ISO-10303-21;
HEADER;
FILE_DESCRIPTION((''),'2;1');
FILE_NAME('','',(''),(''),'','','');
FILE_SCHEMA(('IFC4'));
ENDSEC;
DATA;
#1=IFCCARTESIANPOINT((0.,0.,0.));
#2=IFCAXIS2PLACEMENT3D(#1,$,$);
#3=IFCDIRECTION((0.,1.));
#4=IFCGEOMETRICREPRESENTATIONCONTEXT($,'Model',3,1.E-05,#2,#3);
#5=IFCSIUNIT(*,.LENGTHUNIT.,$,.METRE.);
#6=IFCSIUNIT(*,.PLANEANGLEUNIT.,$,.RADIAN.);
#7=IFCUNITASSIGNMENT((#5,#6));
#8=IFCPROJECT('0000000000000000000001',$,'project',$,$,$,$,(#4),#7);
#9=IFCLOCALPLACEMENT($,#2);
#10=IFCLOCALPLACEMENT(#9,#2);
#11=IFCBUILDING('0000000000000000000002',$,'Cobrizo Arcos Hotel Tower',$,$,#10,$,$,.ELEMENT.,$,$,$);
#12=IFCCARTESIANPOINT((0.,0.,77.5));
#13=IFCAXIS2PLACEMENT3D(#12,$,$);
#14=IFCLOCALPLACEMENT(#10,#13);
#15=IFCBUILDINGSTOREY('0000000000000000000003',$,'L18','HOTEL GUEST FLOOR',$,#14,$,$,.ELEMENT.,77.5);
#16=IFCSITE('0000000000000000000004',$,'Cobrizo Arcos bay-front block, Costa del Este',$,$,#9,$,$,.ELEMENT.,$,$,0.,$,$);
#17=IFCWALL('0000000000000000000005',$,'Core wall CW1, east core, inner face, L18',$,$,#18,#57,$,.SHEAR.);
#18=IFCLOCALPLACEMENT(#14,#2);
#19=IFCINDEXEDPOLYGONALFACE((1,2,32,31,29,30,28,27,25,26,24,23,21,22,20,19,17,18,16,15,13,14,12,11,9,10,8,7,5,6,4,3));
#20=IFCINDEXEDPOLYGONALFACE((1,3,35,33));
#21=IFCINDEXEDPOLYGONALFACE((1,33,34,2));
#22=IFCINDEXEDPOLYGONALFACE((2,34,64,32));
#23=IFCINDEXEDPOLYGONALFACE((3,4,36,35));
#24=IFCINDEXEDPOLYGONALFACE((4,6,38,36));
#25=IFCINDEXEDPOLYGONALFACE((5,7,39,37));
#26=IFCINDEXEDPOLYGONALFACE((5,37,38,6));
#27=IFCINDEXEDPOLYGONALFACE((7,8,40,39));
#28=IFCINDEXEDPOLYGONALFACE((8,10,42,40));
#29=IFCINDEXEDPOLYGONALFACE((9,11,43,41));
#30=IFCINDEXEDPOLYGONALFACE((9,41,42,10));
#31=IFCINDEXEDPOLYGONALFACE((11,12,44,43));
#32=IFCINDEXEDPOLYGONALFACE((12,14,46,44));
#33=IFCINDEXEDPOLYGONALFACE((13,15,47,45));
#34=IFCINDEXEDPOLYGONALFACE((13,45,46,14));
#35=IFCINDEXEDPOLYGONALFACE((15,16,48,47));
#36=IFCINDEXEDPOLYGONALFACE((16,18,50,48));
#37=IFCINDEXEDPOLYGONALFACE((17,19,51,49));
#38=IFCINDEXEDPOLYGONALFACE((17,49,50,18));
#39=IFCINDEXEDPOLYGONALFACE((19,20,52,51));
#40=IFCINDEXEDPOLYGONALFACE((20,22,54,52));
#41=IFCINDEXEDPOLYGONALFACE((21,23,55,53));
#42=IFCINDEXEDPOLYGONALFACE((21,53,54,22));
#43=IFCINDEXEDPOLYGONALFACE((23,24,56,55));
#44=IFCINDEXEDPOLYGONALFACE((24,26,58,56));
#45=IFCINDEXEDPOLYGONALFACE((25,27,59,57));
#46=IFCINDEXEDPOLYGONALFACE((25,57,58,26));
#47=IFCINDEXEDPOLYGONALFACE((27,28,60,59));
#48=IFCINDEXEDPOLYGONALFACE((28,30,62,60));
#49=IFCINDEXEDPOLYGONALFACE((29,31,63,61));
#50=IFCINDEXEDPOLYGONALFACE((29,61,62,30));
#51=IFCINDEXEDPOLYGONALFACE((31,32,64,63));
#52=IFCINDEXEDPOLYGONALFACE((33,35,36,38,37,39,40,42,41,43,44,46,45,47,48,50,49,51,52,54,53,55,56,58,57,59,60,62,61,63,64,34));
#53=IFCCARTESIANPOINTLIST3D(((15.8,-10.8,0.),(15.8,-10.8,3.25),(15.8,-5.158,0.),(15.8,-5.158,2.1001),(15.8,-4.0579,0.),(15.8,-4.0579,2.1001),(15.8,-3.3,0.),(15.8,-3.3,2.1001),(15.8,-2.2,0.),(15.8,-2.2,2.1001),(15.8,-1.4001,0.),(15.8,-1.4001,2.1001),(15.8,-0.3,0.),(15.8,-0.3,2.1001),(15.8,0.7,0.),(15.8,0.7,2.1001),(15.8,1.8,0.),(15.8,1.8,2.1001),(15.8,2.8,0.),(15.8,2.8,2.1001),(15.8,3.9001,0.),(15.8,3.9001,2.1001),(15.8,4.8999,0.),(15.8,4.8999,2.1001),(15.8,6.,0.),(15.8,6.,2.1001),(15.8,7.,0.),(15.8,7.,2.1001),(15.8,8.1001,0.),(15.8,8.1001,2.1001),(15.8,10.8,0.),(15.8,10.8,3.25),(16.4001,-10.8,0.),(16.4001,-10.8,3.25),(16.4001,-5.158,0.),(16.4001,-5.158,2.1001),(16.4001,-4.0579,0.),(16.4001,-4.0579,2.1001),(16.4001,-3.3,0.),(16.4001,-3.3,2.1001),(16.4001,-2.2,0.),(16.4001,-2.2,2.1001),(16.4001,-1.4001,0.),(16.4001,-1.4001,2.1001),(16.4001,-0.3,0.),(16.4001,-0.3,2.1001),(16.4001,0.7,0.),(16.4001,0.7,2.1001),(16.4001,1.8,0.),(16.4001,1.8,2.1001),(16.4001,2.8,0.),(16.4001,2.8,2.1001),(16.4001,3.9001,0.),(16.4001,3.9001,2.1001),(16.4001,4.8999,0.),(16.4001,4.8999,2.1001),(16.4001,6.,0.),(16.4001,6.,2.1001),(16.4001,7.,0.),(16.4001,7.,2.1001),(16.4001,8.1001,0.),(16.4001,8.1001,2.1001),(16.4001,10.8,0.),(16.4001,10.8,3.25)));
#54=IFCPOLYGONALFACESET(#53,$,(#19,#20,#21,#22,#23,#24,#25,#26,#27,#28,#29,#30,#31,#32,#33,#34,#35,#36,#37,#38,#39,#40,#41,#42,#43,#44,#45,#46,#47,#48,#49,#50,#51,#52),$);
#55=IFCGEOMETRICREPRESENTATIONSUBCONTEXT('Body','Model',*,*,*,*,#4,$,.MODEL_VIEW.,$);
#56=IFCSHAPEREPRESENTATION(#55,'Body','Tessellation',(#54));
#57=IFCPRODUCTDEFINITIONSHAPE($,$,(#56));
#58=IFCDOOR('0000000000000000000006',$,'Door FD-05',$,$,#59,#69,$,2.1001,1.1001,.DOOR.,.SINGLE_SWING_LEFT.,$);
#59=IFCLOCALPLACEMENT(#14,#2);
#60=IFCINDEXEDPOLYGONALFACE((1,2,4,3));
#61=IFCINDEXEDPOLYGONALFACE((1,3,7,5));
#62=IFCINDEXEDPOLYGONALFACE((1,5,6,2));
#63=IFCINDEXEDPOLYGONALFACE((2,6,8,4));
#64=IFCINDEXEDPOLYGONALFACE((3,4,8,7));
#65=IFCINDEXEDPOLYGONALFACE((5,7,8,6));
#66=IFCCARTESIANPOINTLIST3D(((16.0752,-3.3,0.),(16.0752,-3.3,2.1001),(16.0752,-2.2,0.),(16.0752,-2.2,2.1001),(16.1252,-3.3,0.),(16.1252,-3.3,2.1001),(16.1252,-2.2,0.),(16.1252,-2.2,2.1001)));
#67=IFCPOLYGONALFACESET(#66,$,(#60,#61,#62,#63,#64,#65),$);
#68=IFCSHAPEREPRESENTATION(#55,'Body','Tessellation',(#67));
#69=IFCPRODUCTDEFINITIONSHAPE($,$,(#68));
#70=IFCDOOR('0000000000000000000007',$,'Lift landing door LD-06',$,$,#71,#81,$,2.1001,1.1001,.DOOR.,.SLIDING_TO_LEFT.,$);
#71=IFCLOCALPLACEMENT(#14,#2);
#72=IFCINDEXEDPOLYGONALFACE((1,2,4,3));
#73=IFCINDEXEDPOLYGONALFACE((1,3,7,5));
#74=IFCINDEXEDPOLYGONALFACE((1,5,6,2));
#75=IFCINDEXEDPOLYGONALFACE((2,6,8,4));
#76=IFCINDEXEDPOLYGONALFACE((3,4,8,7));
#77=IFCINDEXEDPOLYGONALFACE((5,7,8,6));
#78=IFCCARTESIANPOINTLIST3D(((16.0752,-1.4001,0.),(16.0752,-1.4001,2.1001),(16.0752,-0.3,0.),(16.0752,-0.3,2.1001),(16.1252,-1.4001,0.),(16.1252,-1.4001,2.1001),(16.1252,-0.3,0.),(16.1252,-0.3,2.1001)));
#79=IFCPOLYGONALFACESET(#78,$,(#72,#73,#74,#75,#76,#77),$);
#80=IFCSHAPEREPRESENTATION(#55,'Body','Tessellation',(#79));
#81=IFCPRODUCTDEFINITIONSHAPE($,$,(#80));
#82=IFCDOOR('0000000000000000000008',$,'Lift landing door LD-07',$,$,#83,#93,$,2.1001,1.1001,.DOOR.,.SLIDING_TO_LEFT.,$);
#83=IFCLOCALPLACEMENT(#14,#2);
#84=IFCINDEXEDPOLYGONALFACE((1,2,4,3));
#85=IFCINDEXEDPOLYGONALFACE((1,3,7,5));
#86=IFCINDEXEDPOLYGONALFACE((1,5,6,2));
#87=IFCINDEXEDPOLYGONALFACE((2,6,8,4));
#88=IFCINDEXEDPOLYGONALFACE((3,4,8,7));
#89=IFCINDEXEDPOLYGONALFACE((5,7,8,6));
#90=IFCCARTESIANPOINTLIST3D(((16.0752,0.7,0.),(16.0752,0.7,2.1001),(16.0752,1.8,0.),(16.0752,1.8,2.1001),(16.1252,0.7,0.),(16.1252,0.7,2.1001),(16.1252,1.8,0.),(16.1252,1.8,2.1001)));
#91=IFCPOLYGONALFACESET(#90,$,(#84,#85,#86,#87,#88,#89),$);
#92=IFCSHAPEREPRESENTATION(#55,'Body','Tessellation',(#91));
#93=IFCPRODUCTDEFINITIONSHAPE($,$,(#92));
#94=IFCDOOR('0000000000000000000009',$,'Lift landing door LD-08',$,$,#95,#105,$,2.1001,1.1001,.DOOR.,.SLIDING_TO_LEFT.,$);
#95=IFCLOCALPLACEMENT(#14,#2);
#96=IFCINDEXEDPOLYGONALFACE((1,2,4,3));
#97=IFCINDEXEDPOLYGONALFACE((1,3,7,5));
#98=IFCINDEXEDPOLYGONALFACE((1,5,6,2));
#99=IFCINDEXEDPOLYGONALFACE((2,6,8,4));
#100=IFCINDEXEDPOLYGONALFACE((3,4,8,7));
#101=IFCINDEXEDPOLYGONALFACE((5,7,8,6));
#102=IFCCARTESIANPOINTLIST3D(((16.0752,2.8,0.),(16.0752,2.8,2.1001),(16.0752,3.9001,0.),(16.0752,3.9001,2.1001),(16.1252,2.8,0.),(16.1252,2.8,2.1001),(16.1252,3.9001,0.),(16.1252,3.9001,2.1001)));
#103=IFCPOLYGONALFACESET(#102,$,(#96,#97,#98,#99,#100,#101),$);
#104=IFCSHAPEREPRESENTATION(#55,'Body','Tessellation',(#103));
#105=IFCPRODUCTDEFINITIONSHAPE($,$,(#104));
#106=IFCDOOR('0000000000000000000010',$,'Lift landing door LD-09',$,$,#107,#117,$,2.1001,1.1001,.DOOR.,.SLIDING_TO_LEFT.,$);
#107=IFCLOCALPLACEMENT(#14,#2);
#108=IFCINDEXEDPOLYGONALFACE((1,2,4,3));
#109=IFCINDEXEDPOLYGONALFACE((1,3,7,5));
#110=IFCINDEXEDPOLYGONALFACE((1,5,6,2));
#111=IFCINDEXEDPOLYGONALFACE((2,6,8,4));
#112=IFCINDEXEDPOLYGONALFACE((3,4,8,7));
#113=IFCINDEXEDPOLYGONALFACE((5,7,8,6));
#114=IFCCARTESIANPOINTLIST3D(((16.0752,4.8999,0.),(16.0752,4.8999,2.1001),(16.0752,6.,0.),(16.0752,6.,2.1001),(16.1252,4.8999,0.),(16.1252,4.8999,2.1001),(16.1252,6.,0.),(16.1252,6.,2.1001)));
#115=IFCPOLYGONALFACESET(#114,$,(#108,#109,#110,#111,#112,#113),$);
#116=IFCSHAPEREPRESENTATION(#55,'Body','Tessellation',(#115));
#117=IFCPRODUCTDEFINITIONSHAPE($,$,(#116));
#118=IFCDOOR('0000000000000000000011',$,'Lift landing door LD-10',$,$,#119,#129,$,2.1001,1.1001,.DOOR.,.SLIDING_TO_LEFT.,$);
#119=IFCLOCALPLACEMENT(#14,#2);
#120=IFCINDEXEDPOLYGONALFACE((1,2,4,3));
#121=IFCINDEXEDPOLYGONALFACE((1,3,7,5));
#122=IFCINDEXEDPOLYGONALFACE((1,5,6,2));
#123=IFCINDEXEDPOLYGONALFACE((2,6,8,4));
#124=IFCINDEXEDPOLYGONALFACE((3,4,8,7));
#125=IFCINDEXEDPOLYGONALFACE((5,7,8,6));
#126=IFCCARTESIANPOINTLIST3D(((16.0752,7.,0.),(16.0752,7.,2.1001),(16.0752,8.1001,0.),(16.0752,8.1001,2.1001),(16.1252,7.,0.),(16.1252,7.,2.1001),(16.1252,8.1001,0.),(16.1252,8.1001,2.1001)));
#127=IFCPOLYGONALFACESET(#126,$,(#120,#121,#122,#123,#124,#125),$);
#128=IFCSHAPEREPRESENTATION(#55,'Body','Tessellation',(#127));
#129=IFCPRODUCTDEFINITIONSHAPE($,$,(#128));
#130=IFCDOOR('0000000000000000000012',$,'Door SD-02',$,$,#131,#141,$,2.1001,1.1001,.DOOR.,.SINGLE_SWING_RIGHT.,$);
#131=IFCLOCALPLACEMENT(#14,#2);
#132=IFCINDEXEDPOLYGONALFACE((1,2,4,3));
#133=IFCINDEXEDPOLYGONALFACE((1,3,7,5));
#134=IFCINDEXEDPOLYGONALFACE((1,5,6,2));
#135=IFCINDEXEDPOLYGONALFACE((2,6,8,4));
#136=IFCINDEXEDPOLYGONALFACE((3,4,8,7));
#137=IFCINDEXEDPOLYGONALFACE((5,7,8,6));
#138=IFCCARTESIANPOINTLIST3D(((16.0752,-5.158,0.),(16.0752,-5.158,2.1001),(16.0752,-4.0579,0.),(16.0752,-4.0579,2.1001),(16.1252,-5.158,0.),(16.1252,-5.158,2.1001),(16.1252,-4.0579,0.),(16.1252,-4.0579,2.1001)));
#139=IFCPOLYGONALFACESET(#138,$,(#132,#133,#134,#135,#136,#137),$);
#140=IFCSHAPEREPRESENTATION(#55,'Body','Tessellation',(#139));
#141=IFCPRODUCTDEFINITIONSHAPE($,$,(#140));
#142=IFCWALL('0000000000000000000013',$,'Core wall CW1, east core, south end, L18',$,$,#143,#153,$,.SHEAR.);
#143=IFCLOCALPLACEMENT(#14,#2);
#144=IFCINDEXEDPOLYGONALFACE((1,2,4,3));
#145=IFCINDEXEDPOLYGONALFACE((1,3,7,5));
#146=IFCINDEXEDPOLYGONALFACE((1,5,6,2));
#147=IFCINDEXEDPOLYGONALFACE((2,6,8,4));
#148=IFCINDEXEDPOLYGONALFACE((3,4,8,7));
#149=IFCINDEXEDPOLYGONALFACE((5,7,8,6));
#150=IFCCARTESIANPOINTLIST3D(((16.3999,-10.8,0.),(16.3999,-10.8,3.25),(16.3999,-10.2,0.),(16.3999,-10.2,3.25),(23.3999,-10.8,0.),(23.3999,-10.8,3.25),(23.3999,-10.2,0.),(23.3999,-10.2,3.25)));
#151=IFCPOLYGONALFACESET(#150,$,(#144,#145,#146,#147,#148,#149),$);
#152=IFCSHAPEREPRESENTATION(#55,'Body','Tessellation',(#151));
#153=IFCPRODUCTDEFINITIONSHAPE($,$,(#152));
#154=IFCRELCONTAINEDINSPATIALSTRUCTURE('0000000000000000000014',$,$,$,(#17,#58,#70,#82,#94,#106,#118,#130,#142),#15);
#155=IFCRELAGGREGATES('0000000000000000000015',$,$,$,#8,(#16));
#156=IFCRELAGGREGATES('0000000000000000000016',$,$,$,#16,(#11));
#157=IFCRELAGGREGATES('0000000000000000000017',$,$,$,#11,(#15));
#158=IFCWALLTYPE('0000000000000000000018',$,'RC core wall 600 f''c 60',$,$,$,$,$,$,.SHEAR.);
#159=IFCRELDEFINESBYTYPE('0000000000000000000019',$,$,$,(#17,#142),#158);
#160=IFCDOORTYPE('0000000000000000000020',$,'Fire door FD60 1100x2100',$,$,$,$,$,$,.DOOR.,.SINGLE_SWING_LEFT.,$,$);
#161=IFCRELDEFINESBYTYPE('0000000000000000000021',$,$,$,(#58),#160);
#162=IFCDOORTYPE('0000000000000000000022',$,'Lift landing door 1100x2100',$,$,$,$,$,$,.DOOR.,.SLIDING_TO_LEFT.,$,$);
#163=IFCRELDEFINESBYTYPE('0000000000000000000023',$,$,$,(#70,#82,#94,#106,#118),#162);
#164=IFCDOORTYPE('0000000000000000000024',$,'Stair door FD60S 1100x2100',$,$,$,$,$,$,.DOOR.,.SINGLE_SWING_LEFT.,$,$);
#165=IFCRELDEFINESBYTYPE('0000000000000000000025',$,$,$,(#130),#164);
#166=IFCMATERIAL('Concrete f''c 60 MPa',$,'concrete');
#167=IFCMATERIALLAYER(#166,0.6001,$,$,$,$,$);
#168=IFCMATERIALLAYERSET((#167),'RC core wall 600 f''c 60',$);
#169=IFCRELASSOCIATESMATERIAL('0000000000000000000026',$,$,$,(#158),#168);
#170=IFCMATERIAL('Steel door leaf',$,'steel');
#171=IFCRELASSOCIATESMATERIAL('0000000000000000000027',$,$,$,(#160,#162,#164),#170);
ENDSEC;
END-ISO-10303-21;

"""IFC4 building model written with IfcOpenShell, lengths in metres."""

from ifc_helpers import new_model, si_unit, direction, frame, frame_2d, origin, place, context, subcontext, project, spatial, rectangle, extrude, material, layer, layer_set, type_object, element, fill, save


model = new_model("IFC4")

# Units and contexts
model_context = context("Model", 3, precision=1e-05, world=origin(), true_north=direction((0.0, 1.0)))
body_context = subcontext(model_context, "Body", "Model", "MODEL_VIEW")
ifc_project = project(units=[si_unit("LENGTHUNIT", "METRE"), si_unit("PLANEANGLEUNIT", "RADIAN")], contexts=[model_context])

# Site, building, storey
site_placement = place(None, origin())
site = spatial("IfcSite", under=ifc_project, at=site_placement, Name="Cobrizo Arcos bay-front block, Costa del Este", CompositionType="ELEMENT", RefElevation=0.0)
building_placement = place(site_placement, origin())
building = spatial("IfcBuilding", under=site, at=building_placement, Name="Cobrizo Arcos Hotel Tower", CompositionType="ELEMENT")
storey_placement = place(building_placement, frame((0.0, 0.0, 77.5)))
storey = spatial("IfcBuildingStorey", under=building, at=storey_placement, Name="L18", Description="HOTEL GUEST FLOOR", CompositionType="ELEMENT", Elevation=77.5)

# Wall, openings, doors
ifc_material_1 = material(Name="Concrete f'c 60 MPa", Category="concrete")
ifc_layer_1 = layer(ifc_material_1, 0.6001)
ifc_layer_set_1 = layer_set([ifc_layer_1], Name="RC core wall 600 f'c 60")
wall_type_1 = type_object("IfcWallType", Name="RC core wall 600 f'c 60", PredefinedType="SHEAR", material=ifc_layer_set_1)
wall_1_placement = place(storey_placement, frame((16.1001, -10.8, 0.0), z_axis=(0.0, 0.0, 1.0), x_axis=(0.0, 1.0, 0.0)))
wall_1 = element("IfcWall", 1, at=wall_1_placement, inside=storey, type_object=wall_type_1, Name="Core wall CW1, east core, inner face, L18", PredefinedType="SHEAR", context=body_context, shape_type="SweptSolid", body=[
    extrude(rectangle(XDim=21.6001, YDim=0.6001, at=frame_2d((10.8, 0.0))), origin(), (0.0, 0.0, 1.0), 3.25),
])
opening_1_placement = place(wall_1_placement, frame((9.3999, 0.0, 0.0)))
opening_1 = element("IfcOpeningElement", 2, at=opening_1_placement, cuts=wall_1, PredefinedType="OPENING", context=body_context, shape_type="SweptSolid", body=[
    extrude(rectangle(XDim=1.1001, YDim=2.1001, at=frame_2d((0.55, 1.05))), frame((0.0, 0.312, 0.0), z_axis=(0.0, -1.0, 0.0), x_axis=(1.0, 0.0, 0.0)), (0.0, 0.0, 1.0), 0.624),
])
opening_2_placement = place(wall_1_placement, frame((11.5, 0.0, 0.0)))
opening_2 = element("IfcOpeningElement", 3, at=opening_2_placement, cuts=wall_1, PredefinedType="OPENING", context=body_context, shape_type="SweptSolid", body=[
    extrude(rectangle(XDim=1.1001, YDim=2.1001, at=frame_2d((0.55, 1.05))), frame((0.0, 0.312, 0.0), z_axis=(0.0, -1.0, 0.0), x_axis=(1.0, 0.0, 0.0)), (0.0, 0.0, 1.0), 0.624),
])
opening_3_placement = place(wall_1_placement, frame((13.6001, 0.0, 0.0)))
opening_3 = element("IfcOpeningElement", 4, at=opening_3_placement, cuts=wall_1, PredefinedType="OPENING", context=body_context, shape_type="SweptSolid", body=[
    extrude(rectangle(XDim=1.1001, YDim=2.1001, at=frame_2d((0.55, 1.05))), frame((0.0, 0.312, 0.0), z_axis=(0.0, -1.0, 0.0), x_axis=(1.0, 0.0, 0.0)), (0.0, 0.0, 1.0), 0.624),
])
opening_4_placement = place(wall_1_placement, frame((15.7, 0.0, 0.0)))
opening_4 = element("IfcOpeningElement", 5, at=opening_4_placement, cuts=wall_1, PredefinedType="OPENING", context=body_context, shape_type="SweptSolid", body=[
    extrude(rectangle(XDim=1.1001, YDim=2.1001, at=frame_2d((0.55, 1.05))), frame((0.0, 0.312, 0.0), z_axis=(0.0, -1.0, 0.0), x_axis=(1.0, 0.0, 0.0)), (0.0, 0.0, 1.0), 0.624),
])
opening_5_placement = place(wall_1_placement, frame((17.8, 0.0, 0.0)))
opening_5 = element("IfcOpeningElement", 6, at=opening_5_placement, cuts=wall_1, PredefinedType="OPENING", context=body_context, shape_type="SweptSolid", body=[
    extrude(rectangle(XDim=1.1001, YDim=2.1001, at=frame_2d((0.55, 1.05))), frame((0.0, 0.312, 0.0), z_axis=(0.0, -1.0, 0.0), x_axis=(1.0, 0.0, 0.0)), (0.0, 0.0, 1.0), 0.624),
])
opening_6_placement = place(wall_1_placement, frame((5.6421, 0.0, 0.0)))
opening_6 = element("IfcOpeningElement", 7, at=opening_6_placement, cuts=wall_1, PredefinedType="OPENING", context=body_context, shape_type="SweptSolid", body=[
    extrude(rectangle(XDim=1.1001, YDim=2.1001, at=frame_2d((0.55, 1.05))), frame((0.0, 0.312, 0.0), z_axis=(0.0, -1.0, 0.0), x_axis=(1.0, 0.0, 0.0)), (0.0, 0.0, 1.0), 0.624),
])
opening_7_placement = place(wall_1_placement, frame((7.5, 0.0, 0.0)))
opening_7 = element("IfcOpeningElement", 8, at=opening_7_placement, cuts=wall_1, PredefinedType="OPENING", context=body_context, shape_type="SweptSolid", body=[
    extrude(rectangle(XDim=1.1001, YDim=2.1001, at=frame_2d((0.55, 1.05))), frame((0.0, 0.312, 0.0), z_axis=(0.0, -1.0, 0.0), x_axis=(1.0, 0.0, 0.0)), (0.0, 0.0, 1.0), 0.624),
])
ifc_material_2 = material(Name="Steel door leaf", Category="steel")
door_type_1 = type_object("IfcDoorType", Name="Fire door FD60 1100x2100", OperationType="SINGLE_SWING_LEFT", PredefinedType="DOOR", material=ifc_material_2)
door_1_placement = place(opening_7_placement, origin())
door_1 = element("IfcDoor", 9, at=door_1_placement, inside=storey, type_object=door_type_1, Name="Door FD-05", OperationType="SINGLE_SWING_LEFT", OverallHeight=2.1001, OverallWidth=1.1001, PredefinedType="DOOR", context=body_context, shape_type="SweptSolid", body=[
    extrude(rectangle(XDim=1.1001, YDim=2.1001, at=frame_2d((0.55, 1.05))), frame((0.0, 0.0249, 0.0), z_axis=(0.0, -1.0, 0.0), x_axis=(1.0, 0.0, 0.0)), (0.0, 0.0, 1.0), 0.05),
])
fill(opening_7, door_1)
door_type_2 = type_object("IfcDoorType", Name="Lift landing door 1100x2100", OperationType="SLIDING_TO_LEFT", PredefinedType="DOOR", material=ifc_material_2)
door_2_placement = place(opening_1_placement, origin())
door_2 = element("IfcDoor", 10, at=door_2_placement, inside=storey, type_object=door_type_2, Name="Lift landing door LD-06", OperationType="SLIDING_TO_LEFT", OverallHeight=2.1001, OverallWidth=1.1001, PredefinedType="DOOR", context=body_context, shape_type="SweptSolid", body=[
    extrude(rectangle(XDim=1.1001, YDim=2.1001, at=frame_2d((0.55, 1.05))), frame((0.0, 0.0249, 0.0), z_axis=(0.0, -1.0, 0.0), x_axis=(1.0, 0.0, 0.0)), (0.0, 0.0, 1.0), 0.05),
])
fill(opening_1, door_2)
door_3_placement = place(opening_2_placement, origin())
door_3 = element("IfcDoor", 11, at=door_3_placement, inside=storey, type_object=door_type_2, Name="Lift landing door LD-07", OperationType="SLIDING_TO_LEFT", OverallHeight=2.1001, OverallWidth=1.1001, PredefinedType="DOOR", context=body_context, shape_type="SweptSolid", body=[
    extrude(rectangle(XDim=1.1001, YDim=2.1001, at=frame_2d((0.55, 1.05))), frame((0.0, 0.0249, 0.0), z_axis=(0.0, -1.0, 0.0), x_axis=(1.0, 0.0, 0.0)), (0.0, 0.0, 1.0), 0.05),
])
fill(opening_2, door_3)
door_4_placement = place(opening_3_placement, origin())
door_4 = element("IfcDoor", 12, at=door_4_placement, inside=storey, type_object=door_type_2, Name="Lift landing door LD-08", OperationType="SLIDING_TO_LEFT", OverallHeight=2.1001, OverallWidth=1.1001, PredefinedType="DOOR", context=body_context, shape_type="SweptSolid", body=[
    extrude(rectangle(XDim=1.1001, YDim=2.1001, at=frame_2d((0.55, 1.05))), frame((0.0, 0.0249, 0.0), z_axis=(0.0, -1.0, 0.0), x_axis=(1.0, 0.0, 0.0)), (0.0, 0.0, 1.0), 0.05),
])
fill(opening_3, door_4)
door_5_placement = place(opening_4_placement, origin())
door_5 = element("IfcDoor", 13, at=door_5_placement, inside=storey, type_object=door_type_2, Name="Lift landing door LD-09", OperationType="SLIDING_TO_LEFT", OverallHeight=2.1001, OverallWidth=1.1001, PredefinedType="DOOR", context=body_context, shape_type="SweptSolid", body=[
    extrude(rectangle(XDim=1.1001, YDim=2.1001, at=frame_2d((0.55, 1.05))), frame((0.0, 0.0249, 0.0), z_axis=(0.0, -1.0, 0.0), x_axis=(1.0, 0.0, 0.0)), (0.0, 0.0, 1.0), 0.05),
])
fill(opening_4, door_5)
door_6_placement = place(opening_5_placement, origin())
door_6 = element("IfcDoor", 14, at=door_6_placement, inside=storey, type_object=door_type_2, Name="Lift landing door LD-10", OperationType="SLIDING_TO_LEFT", OverallHeight=2.1001, OverallWidth=1.1001, PredefinedType="DOOR", context=body_context, shape_type="SweptSolid", body=[
    extrude(rectangle(XDim=1.1001, YDim=2.1001, at=frame_2d((0.55, 1.05))), frame((0.0, 0.0249, 0.0), z_axis=(0.0, -1.0, 0.0), x_axis=(1.0, 0.0, 0.0)), (0.0, 0.0, 1.0), 0.05),
])
fill(opening_5, door_6)
door_type_3 = type_object("IfcDoorType", Name="Stair door FD60S 1100x2100", OperationType="SINGLE_SWING_LEFT", PredefinedType="DOOR", material=ifc_material_2)
door_7_placement = place(opening_6_placement, origin())
door_7 = element("IfcDoor", 15, at=door_7_placement, inside=storey, type_object=door_type_3, Name="Door SD-02", OperationType="SINGLE_SWING_RIGHT", OverallHeight=2.1001, OverallWidth=1.1001, PredefinedType="DOOR", context=body_context, shape_type="SweptSolid", body=[
    extrude(rectangle(XDim=1.1001, YDim=2.1001, at=frame_2d((0.55, 1.05))), frame((0.0, 0.0249, 0.0), z_axis=(0.0, -1.0, 0.0), x_axis=(1.0, 0.0, 0.0)), (0.0, 0.0, 1.0), 0.05),
])
fill(opening_6, door_7)

# Wall
wall_2_placement = place(storey_placement, frame((16.3999, -10.5, 0.0), z_axis=(0.0, 0.0, 1.0), x_axis=(1.0, 0.0, 0.0)))
element("IfcWall", 16, at=wall_2_placement, inside=storey, type_object=wall_type_1, Name="Core wall CW1, east core, south end, L18", PredefinedType="SHEAR", context=body_context, shape_type="SweptSolid", body=[
    extrude(rectangle(XDim=7.0, YDim=0.6001, at=frame_2d((3.5, 0.0))), origin(), (0.0, 0.0, 1.0), 3.25),
])

save(model, "model.ifc")
